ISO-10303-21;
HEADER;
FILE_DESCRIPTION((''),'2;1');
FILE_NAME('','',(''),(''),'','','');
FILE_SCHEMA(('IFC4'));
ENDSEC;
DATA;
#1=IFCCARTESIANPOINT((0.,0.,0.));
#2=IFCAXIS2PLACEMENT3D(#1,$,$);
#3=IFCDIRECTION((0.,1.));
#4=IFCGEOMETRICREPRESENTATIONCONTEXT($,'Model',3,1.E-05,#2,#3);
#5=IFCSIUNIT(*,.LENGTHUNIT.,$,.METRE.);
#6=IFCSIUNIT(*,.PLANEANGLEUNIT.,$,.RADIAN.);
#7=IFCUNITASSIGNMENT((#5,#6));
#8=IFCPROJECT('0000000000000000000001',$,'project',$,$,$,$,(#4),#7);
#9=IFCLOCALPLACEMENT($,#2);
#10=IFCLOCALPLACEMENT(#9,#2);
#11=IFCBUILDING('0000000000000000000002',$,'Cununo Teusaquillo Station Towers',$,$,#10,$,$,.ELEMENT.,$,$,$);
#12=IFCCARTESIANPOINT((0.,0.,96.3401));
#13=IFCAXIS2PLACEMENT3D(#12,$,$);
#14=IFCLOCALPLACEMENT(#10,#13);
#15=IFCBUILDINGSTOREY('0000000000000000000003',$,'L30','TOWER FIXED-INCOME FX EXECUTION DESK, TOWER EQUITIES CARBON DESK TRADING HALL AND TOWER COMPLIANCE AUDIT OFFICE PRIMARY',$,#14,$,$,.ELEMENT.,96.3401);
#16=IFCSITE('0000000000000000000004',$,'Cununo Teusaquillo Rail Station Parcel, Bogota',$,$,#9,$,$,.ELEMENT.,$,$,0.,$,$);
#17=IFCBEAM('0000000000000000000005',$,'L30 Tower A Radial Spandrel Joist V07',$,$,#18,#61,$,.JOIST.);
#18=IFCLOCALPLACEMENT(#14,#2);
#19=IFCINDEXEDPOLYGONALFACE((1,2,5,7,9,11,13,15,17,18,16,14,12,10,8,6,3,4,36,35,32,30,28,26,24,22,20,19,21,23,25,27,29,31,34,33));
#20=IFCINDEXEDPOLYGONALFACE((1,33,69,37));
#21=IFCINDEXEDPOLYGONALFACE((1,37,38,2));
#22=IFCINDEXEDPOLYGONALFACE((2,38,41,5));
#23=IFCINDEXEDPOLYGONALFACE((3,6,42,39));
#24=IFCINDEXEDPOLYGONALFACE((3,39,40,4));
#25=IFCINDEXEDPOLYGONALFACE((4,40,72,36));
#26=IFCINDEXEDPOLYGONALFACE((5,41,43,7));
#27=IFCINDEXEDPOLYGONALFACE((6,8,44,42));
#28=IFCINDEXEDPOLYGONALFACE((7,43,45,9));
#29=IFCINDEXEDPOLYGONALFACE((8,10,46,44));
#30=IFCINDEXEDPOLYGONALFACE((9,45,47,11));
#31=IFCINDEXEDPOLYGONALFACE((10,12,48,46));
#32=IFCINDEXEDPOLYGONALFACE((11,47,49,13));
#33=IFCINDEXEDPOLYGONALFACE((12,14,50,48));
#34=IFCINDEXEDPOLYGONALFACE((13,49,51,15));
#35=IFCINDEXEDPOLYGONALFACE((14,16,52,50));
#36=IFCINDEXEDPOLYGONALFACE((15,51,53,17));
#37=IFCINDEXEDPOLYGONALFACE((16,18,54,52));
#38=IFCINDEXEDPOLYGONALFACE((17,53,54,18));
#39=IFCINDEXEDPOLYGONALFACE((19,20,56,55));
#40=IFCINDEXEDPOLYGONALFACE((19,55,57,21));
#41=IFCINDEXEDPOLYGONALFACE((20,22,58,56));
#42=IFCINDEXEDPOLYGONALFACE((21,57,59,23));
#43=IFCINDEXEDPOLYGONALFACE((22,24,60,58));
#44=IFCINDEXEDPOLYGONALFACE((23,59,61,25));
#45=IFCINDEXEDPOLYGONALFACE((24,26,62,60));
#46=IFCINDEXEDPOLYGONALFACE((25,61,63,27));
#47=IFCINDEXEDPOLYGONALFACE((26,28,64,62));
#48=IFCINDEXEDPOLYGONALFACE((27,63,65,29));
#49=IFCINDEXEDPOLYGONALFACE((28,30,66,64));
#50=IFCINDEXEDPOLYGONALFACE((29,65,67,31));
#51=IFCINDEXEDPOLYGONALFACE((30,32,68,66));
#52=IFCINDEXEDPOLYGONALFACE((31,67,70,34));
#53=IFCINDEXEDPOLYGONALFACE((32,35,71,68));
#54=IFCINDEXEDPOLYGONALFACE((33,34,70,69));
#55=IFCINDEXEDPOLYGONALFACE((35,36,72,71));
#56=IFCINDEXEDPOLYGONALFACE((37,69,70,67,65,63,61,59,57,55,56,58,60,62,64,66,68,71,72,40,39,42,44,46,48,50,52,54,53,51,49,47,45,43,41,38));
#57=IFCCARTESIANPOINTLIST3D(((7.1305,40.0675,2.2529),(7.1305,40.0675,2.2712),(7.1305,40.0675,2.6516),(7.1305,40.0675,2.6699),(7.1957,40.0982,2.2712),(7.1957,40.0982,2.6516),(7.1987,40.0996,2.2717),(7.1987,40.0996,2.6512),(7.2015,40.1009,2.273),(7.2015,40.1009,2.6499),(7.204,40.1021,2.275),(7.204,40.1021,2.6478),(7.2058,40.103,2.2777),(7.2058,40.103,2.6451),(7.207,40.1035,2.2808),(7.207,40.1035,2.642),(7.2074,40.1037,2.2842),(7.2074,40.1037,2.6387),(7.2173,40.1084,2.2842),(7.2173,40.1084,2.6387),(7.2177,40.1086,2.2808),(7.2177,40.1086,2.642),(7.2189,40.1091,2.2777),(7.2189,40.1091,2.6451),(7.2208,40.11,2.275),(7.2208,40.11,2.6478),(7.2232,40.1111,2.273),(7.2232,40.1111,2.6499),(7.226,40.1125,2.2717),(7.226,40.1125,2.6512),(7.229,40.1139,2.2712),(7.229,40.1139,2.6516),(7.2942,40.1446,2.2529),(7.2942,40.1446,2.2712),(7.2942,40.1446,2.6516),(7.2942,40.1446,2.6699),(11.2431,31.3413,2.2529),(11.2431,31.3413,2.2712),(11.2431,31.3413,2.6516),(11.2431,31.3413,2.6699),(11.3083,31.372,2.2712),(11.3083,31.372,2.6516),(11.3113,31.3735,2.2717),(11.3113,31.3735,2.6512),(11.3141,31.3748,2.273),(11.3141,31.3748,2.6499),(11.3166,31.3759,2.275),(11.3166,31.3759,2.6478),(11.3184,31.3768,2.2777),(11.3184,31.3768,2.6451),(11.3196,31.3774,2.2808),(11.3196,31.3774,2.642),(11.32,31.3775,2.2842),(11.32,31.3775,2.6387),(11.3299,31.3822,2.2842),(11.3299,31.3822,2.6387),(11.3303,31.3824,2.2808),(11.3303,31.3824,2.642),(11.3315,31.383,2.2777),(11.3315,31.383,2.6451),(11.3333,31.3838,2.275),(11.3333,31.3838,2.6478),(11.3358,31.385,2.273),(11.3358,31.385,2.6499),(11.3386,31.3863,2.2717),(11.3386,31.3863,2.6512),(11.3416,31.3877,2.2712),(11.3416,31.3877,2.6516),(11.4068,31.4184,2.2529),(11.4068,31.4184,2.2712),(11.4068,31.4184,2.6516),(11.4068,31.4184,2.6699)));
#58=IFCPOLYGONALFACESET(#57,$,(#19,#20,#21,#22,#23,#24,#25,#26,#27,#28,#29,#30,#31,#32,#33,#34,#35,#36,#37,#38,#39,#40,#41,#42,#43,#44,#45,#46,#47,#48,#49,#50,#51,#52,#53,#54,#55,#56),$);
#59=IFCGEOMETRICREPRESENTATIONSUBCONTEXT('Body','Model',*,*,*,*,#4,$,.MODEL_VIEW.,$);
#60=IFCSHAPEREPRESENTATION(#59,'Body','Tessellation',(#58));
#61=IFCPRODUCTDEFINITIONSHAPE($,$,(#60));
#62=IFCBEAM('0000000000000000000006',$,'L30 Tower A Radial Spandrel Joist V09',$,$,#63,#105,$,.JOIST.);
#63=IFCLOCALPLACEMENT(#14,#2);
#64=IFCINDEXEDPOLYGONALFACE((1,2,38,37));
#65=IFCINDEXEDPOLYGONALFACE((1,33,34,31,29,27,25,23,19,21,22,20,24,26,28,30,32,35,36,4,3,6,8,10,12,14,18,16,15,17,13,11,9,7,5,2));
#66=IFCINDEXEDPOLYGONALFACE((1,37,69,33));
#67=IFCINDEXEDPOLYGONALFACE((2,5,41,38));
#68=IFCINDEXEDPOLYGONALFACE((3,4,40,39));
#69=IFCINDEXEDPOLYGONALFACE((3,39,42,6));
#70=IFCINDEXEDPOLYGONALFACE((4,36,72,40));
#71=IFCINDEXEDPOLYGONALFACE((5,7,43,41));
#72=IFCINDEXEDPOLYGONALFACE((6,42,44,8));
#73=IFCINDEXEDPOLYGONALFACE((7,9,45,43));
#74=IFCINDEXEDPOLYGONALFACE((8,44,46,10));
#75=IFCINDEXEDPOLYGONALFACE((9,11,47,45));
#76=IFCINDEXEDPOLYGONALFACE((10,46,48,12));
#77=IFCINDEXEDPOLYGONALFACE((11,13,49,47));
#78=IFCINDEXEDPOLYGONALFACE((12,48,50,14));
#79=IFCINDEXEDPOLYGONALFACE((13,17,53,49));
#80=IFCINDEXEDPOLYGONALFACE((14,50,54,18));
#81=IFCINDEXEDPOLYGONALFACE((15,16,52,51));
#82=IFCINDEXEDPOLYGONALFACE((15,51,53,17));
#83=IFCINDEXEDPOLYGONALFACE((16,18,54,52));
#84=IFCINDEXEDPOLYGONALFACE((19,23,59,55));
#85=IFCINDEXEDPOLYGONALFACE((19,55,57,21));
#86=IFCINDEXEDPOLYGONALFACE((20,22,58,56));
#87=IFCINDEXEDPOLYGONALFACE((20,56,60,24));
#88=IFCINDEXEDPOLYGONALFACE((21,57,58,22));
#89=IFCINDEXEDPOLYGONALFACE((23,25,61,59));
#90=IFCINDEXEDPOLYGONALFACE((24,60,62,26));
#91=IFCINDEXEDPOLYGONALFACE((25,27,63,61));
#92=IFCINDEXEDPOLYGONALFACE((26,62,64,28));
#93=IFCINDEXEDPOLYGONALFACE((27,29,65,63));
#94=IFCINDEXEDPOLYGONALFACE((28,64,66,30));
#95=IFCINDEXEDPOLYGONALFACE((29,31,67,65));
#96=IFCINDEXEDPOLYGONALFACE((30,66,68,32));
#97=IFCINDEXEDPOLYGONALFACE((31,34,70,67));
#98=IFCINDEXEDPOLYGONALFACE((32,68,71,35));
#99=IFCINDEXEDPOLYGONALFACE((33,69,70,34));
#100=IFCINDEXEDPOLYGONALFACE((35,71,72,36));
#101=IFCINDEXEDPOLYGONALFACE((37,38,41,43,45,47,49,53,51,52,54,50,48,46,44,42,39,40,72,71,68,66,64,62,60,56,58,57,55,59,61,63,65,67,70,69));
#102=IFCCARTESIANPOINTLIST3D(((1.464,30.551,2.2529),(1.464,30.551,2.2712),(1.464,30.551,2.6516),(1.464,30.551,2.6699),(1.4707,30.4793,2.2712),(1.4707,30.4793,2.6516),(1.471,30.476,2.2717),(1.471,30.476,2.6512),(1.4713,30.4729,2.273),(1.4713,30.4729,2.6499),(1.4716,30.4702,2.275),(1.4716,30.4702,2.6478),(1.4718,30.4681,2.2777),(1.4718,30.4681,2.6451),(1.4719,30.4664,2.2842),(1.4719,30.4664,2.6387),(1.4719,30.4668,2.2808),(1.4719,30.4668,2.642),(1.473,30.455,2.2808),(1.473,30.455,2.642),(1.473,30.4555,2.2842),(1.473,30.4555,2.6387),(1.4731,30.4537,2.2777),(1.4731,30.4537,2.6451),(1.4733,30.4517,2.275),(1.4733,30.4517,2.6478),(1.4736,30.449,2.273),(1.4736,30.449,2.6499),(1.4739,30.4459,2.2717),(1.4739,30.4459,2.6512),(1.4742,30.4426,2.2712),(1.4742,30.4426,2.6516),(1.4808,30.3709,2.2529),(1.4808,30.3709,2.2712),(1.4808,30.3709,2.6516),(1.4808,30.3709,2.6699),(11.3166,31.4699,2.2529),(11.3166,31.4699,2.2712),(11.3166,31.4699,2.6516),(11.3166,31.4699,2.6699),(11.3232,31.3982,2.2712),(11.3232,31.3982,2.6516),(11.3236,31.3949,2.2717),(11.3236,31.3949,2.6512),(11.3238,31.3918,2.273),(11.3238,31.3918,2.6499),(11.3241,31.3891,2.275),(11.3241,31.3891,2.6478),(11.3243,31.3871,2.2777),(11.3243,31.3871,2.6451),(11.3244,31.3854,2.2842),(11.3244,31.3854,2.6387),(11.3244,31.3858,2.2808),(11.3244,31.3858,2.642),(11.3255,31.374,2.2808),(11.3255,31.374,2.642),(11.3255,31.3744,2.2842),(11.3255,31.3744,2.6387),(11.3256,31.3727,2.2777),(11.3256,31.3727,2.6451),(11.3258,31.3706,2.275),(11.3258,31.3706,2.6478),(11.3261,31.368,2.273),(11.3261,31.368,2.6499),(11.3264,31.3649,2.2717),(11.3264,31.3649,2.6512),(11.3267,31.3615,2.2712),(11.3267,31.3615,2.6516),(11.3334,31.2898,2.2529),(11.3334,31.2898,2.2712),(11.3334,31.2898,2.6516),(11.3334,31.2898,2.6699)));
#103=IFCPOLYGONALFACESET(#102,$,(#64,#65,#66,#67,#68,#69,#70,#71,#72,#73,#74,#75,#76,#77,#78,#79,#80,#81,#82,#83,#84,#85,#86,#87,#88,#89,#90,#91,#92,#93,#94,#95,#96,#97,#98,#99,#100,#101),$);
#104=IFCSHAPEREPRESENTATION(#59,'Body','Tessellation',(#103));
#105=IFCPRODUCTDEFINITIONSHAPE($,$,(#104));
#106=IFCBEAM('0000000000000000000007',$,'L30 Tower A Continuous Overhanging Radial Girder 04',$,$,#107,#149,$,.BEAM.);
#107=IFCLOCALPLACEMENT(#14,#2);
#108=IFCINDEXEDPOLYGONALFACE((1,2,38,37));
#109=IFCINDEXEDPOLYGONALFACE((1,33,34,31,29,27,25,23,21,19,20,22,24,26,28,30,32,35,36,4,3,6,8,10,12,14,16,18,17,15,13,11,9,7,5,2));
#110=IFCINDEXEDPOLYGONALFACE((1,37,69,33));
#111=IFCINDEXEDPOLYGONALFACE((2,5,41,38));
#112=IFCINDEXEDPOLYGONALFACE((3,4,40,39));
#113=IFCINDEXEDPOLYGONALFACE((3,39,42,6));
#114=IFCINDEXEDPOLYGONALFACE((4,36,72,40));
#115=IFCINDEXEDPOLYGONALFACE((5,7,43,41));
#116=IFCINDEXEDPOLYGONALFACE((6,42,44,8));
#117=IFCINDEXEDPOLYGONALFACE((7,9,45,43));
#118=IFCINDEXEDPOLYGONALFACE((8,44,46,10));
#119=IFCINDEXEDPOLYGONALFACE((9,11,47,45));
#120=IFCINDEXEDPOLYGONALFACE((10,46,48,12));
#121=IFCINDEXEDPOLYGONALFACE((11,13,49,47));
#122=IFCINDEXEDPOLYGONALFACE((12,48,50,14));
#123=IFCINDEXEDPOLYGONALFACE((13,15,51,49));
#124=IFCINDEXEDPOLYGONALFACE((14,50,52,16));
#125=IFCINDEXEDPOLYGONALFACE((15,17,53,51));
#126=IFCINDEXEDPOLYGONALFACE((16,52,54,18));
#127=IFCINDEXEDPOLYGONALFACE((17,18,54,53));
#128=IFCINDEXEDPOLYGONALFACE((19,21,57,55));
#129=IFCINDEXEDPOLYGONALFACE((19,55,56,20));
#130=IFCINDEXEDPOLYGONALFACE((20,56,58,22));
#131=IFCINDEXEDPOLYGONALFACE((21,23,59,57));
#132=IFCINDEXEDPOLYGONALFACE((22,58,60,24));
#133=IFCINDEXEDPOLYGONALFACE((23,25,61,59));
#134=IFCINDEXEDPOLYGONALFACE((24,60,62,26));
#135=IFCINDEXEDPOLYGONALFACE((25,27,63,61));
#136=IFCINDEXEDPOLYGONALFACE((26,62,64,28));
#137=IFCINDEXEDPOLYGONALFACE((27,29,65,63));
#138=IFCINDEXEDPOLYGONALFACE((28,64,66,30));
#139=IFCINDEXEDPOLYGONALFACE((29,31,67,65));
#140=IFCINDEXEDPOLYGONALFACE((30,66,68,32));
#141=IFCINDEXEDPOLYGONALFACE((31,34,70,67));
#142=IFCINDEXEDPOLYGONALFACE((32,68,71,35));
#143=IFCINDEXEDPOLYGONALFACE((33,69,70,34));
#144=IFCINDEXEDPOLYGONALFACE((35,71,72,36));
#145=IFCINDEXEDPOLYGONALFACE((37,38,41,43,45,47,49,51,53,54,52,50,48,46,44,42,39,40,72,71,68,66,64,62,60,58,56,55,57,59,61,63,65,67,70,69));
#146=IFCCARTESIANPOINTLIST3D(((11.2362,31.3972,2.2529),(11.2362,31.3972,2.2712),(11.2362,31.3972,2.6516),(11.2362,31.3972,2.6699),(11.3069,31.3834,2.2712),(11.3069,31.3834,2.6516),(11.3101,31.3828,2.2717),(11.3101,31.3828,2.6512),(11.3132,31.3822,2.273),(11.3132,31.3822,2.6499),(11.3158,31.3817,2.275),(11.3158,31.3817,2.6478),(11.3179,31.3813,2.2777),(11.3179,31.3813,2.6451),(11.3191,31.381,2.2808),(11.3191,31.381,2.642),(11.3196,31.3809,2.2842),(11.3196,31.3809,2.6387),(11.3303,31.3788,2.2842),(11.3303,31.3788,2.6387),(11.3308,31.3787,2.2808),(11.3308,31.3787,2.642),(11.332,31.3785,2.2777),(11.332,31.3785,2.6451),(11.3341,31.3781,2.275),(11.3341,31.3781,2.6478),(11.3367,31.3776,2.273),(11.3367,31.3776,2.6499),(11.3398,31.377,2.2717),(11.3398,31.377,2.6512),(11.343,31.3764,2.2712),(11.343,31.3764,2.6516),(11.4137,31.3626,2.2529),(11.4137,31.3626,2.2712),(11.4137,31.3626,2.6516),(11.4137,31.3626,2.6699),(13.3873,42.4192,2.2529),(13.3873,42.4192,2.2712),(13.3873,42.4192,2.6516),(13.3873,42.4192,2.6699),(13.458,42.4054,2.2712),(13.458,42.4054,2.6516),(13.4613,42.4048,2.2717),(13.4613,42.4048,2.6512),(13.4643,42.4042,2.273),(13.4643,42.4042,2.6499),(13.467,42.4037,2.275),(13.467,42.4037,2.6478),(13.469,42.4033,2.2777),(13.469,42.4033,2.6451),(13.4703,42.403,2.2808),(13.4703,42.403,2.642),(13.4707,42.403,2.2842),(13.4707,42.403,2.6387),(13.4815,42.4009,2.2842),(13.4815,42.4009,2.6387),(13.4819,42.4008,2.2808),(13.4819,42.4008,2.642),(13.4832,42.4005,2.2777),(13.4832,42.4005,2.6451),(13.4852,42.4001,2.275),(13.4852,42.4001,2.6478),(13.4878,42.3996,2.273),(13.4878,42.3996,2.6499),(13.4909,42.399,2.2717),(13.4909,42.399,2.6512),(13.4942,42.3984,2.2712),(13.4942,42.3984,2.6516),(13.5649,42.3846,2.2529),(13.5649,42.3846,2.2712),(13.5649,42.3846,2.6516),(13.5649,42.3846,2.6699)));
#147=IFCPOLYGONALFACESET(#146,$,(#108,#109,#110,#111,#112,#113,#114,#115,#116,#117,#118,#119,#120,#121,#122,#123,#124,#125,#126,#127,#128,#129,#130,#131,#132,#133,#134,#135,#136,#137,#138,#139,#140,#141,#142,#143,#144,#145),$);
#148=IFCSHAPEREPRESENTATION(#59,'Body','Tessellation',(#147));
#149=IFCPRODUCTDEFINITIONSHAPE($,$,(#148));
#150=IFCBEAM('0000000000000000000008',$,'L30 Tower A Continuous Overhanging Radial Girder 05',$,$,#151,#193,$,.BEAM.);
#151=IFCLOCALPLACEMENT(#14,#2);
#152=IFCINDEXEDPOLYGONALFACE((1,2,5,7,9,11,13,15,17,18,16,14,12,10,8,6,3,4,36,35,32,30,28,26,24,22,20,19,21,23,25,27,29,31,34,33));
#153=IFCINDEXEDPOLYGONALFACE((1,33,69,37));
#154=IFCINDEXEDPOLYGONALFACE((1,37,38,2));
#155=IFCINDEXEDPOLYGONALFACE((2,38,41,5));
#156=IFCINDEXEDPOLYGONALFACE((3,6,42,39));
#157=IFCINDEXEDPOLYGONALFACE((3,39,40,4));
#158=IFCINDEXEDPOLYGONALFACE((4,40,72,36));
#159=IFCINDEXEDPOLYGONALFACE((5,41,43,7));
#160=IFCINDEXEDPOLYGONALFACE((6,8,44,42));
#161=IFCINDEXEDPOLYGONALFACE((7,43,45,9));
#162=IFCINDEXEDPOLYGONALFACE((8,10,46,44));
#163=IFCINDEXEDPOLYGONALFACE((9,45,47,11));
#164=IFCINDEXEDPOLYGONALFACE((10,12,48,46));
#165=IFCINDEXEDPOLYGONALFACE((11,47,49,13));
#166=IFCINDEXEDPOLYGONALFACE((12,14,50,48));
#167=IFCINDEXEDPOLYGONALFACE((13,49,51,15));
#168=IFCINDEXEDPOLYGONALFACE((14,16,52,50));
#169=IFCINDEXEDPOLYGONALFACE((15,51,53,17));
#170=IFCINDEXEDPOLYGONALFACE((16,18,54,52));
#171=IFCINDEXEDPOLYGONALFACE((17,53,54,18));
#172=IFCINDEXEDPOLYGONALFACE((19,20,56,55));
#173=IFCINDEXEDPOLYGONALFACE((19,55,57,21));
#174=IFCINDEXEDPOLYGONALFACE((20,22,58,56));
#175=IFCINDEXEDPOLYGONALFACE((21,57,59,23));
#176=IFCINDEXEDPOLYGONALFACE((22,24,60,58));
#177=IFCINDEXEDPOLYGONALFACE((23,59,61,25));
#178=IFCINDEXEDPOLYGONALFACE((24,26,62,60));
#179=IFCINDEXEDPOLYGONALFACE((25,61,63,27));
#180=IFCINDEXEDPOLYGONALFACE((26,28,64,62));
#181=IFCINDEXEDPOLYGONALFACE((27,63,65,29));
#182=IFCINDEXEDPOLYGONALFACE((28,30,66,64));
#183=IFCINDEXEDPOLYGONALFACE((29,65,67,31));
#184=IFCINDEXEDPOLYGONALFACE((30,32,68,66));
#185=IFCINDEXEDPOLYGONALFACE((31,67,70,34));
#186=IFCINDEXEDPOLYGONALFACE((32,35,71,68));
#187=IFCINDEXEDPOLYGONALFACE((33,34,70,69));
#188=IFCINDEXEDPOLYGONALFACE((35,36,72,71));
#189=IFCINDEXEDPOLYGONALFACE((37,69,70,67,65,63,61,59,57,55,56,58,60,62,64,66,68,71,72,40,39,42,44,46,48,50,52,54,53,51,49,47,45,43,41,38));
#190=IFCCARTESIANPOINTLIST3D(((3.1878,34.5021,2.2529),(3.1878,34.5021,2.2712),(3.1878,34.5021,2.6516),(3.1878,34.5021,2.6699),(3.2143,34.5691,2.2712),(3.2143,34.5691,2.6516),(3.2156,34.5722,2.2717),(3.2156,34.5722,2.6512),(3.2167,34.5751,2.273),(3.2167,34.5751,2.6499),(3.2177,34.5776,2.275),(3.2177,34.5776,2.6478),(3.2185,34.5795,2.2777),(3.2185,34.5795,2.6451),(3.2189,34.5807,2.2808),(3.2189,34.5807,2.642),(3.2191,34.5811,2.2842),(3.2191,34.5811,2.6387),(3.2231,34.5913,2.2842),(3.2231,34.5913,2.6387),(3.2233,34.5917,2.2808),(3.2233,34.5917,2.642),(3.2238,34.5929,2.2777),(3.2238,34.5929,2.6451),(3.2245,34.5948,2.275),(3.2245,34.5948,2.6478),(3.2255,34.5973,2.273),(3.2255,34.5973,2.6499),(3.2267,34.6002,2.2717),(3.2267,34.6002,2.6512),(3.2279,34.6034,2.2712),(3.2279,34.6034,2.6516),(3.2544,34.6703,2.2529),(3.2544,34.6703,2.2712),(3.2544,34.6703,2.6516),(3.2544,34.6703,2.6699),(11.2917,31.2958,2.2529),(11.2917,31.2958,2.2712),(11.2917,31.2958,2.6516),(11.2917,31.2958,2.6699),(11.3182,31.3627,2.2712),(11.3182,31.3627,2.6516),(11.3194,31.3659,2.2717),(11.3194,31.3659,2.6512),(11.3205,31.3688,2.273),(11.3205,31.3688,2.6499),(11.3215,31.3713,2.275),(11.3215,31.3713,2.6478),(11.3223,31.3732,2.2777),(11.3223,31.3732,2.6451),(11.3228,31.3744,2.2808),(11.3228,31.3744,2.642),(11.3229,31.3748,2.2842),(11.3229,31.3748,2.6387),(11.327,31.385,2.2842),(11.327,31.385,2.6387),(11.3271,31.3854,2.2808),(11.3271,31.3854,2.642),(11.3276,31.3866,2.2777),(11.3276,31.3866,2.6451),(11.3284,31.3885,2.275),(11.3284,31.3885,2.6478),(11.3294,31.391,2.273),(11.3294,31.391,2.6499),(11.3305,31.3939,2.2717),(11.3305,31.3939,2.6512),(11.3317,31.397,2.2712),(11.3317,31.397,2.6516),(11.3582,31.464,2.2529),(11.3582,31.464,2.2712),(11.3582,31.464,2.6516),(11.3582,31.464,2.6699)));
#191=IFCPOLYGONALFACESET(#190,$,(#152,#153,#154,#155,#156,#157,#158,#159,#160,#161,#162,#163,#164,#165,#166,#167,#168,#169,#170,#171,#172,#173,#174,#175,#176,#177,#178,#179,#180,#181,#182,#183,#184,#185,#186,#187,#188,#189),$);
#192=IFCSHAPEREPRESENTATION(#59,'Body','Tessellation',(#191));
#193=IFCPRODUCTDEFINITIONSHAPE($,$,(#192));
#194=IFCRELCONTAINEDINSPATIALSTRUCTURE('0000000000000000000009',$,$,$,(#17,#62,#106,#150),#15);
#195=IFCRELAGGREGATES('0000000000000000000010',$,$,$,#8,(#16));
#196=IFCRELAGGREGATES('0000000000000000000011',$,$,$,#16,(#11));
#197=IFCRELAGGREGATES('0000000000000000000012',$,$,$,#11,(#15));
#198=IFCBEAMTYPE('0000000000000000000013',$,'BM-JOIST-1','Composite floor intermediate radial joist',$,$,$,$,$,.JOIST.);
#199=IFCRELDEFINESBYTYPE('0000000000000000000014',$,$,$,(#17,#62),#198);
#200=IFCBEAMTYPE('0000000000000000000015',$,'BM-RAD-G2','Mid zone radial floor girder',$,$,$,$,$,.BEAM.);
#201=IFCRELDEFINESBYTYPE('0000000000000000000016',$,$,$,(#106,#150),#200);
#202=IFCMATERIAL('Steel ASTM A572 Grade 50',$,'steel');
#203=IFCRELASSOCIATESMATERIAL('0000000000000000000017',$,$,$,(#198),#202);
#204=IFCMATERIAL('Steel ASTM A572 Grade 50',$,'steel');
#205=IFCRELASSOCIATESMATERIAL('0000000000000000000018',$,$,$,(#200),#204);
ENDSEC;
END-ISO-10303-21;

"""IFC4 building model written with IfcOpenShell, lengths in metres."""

from ifc_helpers import new_model, si_unit, direction, frame, origin, origin_2d, place, context, subcontext, project, spatial, i_section, extrude, material, material_profile, profile_set, type_object, element, save


model = new_model("IFC4")

# Units and contexts
model_context = context("Model", 3, precision=1e-05, world=origin(), true_north=direction((0.0, 1.0)))
body_context = subcontext(model_context, "Body", "Model", "MODEL_VIEW")
ifc_project = project(units=[si_unit("LENGTHUNIT", "METRE"), si_unit("PLANEANGLEUNIT", "RADIAN")], contexts=[model_context])

# Site, building, storey
site_placement = place(None, origin())
site = spatial("IfcSite", under=ifc_project, at=site_placement, Name="Cununo Teusaquillo Rail Station Parcel, Bogota", CompositionType="ELEMENT", RefElevation=0.0)
building_placement = place(site_placement, origin())
building = spatial("IfcBuilding", under=site, at=building_placement, Name="Cununo Teusaquillo Station Towers", CompositionType="ELEMENT")
storey_placement = place(building_placement, frame((0.0, 0.0, 96.3401)))
storey = spatial("IfcBuildingStorey", under=building, at=storey_placement, Name="L30", Description="TOWER FIXED-INCOME FX EXECUTION DESK, TOWER EQUITIES CARBON DESK TRADING HALL AND TOWER COMPLIANCE AUDIT OFFICE PRIMARY", CompositionType="ELEMENT", Elevation=96.3401)

# Beams
ifc_material_1 = material(Name="Steel ASTM A572 Grade 50", Category="steel")
ifc_material_profile_1 = material_profile(ifc_material_1, i_section(OverallWidth=0.1809, OverallDepth=0.417, WebThickness=0.011, FlangeThickness=0.0183, FilletRadius=0.0129, at=origin_2d()), Name="W16X57")
ifc_profile_set_1 = profile_set([ifc_material_profile_1], Name="Steel ASTM A572 Grade 50")
beam_type_1 = type_object("IfcBeamType", Name="BM-JOIST-1", Description="Composite floor intermediate radial joist", PredefinedType="JOIST", material=ifc_profile_set_1)
beam_1_placement = place(storey_placement, frame((11.325, 31.3799, 2.4614), z_axis=(-0.42632, 0.904572, 0.0), x_axis=(-0.904572, -0.42632, 0.0)))
element("IfcBeam", 1, at=beam_1_placement, inside=storey, type_object=beam_type_1, Name="L30 Tower A Radial Spandrel Joist V07", PredefinedType="JOIST", context=body_context, shape_type="SweptSolid", body=[
    extrude(i_section(OverallWidth=0.1809, OverallDepth=0.417, WebThickness=0.011, FlangeThickness=0.0183, FilletRadius=0.0129, at=origin_2d()), origin(), (0.0, 0.0, 1.0), 9.6467),
])
beam_2_placement = place(storey_placement, frame((11.325, 31.3799, 2.4614), z_axis=(-0.995679, -0.092867, 0.0), x_axis=(0.092867, -0.995679, 0.0)))
element("IfcBeam", 2, at=beam_2_placement, inside=storey, type_object=beam_type_1, Name="L30 Tower A Radial Spandrel Joist V09", PredefinedType="JOIST", context=body_context, shape_type="SweptSolid", body=[
    extrude(i_section(OverallWidth=0.1809, OverallDepth=0.417, WebThickness=0.011, FlangeThickness=0.0183, FilletRadius=0.0129, at=origin_2d()), origin(), (0.0, 0.0, 1.0), 9.8953),
])
ifc_material_2 = material(Name="Steel ASTM A572 Grade 50", Category="steel")
ifc_material_profile_2 = material_profile(ifc_material_2, i_section(OverallWidth=0.1809, OverallDepth=0.417, WebThickness=0.011, FlangeThickness=0.0183, FilletRadius=0.0129, at=origin_2d()), Name="W16X57")
ifc_profile_set_2 = profile_set([ifc_material_profile_2], Name="Steel ASTM A572 Grade 50")
beam_type_2 = type_object("IfcBeamType", Name="BM-RAD-G2", Description="Mid zone radial floor girder", PredefinedType="BEAM", material=ifc_profile_set_2)
beam_3_placement = place(storey_placement, frame((11.325, 31.3799, 2.4614), z_axis=(0.191553, 0.981482, 0.0), x_axis=(-0.981482, 0.191553, 0.0)))
element("IfcBeam", 3, at=beam_3_placement, inside=storey, type_object=beam_type_2, Name="L30 Tower A Continuous Overhanging Radial Girder 04", PredefinedType="BEAM", context=body_context, shape_type="SweptSolid", body=[
    extrude(i_section(OverallWidth=0.1809, OverallDepth=0.417, WebThickness=0.011, FlangeThickness=0.0183, FilletRadius=0.0129, at=origin_2d()), origin(), (0.0, 0.0, 1.0), 11.23),
])
beam_4_placement = place(storey_placement, frame((11.325, 31.3799, 2.4614), z_axis=(-0.929863, 0.367906, 0.0), x_axis=(-0.367906, -0.929863, 0.0)))
element("IfcBeam", 4, at=beam_4_placement, inside=storey, type_object=beam_type_2, Name="L30 Tower A Continuous Overhanging Radial Girder 05", PredefinedType="BEAM", context=body_context, shape_type="SweptSolid", body=[
    extrude(i_section(OverallWidth=0.1809, OverallDepth=0.417, WebThickness=0.011, FlangeThickness=0.0183, FilletRadius=0.0129, at=origin_2d()), origin(), (0.0, 0.0, 1.0), 8.7151),
])

save(model, "model.ifc")
